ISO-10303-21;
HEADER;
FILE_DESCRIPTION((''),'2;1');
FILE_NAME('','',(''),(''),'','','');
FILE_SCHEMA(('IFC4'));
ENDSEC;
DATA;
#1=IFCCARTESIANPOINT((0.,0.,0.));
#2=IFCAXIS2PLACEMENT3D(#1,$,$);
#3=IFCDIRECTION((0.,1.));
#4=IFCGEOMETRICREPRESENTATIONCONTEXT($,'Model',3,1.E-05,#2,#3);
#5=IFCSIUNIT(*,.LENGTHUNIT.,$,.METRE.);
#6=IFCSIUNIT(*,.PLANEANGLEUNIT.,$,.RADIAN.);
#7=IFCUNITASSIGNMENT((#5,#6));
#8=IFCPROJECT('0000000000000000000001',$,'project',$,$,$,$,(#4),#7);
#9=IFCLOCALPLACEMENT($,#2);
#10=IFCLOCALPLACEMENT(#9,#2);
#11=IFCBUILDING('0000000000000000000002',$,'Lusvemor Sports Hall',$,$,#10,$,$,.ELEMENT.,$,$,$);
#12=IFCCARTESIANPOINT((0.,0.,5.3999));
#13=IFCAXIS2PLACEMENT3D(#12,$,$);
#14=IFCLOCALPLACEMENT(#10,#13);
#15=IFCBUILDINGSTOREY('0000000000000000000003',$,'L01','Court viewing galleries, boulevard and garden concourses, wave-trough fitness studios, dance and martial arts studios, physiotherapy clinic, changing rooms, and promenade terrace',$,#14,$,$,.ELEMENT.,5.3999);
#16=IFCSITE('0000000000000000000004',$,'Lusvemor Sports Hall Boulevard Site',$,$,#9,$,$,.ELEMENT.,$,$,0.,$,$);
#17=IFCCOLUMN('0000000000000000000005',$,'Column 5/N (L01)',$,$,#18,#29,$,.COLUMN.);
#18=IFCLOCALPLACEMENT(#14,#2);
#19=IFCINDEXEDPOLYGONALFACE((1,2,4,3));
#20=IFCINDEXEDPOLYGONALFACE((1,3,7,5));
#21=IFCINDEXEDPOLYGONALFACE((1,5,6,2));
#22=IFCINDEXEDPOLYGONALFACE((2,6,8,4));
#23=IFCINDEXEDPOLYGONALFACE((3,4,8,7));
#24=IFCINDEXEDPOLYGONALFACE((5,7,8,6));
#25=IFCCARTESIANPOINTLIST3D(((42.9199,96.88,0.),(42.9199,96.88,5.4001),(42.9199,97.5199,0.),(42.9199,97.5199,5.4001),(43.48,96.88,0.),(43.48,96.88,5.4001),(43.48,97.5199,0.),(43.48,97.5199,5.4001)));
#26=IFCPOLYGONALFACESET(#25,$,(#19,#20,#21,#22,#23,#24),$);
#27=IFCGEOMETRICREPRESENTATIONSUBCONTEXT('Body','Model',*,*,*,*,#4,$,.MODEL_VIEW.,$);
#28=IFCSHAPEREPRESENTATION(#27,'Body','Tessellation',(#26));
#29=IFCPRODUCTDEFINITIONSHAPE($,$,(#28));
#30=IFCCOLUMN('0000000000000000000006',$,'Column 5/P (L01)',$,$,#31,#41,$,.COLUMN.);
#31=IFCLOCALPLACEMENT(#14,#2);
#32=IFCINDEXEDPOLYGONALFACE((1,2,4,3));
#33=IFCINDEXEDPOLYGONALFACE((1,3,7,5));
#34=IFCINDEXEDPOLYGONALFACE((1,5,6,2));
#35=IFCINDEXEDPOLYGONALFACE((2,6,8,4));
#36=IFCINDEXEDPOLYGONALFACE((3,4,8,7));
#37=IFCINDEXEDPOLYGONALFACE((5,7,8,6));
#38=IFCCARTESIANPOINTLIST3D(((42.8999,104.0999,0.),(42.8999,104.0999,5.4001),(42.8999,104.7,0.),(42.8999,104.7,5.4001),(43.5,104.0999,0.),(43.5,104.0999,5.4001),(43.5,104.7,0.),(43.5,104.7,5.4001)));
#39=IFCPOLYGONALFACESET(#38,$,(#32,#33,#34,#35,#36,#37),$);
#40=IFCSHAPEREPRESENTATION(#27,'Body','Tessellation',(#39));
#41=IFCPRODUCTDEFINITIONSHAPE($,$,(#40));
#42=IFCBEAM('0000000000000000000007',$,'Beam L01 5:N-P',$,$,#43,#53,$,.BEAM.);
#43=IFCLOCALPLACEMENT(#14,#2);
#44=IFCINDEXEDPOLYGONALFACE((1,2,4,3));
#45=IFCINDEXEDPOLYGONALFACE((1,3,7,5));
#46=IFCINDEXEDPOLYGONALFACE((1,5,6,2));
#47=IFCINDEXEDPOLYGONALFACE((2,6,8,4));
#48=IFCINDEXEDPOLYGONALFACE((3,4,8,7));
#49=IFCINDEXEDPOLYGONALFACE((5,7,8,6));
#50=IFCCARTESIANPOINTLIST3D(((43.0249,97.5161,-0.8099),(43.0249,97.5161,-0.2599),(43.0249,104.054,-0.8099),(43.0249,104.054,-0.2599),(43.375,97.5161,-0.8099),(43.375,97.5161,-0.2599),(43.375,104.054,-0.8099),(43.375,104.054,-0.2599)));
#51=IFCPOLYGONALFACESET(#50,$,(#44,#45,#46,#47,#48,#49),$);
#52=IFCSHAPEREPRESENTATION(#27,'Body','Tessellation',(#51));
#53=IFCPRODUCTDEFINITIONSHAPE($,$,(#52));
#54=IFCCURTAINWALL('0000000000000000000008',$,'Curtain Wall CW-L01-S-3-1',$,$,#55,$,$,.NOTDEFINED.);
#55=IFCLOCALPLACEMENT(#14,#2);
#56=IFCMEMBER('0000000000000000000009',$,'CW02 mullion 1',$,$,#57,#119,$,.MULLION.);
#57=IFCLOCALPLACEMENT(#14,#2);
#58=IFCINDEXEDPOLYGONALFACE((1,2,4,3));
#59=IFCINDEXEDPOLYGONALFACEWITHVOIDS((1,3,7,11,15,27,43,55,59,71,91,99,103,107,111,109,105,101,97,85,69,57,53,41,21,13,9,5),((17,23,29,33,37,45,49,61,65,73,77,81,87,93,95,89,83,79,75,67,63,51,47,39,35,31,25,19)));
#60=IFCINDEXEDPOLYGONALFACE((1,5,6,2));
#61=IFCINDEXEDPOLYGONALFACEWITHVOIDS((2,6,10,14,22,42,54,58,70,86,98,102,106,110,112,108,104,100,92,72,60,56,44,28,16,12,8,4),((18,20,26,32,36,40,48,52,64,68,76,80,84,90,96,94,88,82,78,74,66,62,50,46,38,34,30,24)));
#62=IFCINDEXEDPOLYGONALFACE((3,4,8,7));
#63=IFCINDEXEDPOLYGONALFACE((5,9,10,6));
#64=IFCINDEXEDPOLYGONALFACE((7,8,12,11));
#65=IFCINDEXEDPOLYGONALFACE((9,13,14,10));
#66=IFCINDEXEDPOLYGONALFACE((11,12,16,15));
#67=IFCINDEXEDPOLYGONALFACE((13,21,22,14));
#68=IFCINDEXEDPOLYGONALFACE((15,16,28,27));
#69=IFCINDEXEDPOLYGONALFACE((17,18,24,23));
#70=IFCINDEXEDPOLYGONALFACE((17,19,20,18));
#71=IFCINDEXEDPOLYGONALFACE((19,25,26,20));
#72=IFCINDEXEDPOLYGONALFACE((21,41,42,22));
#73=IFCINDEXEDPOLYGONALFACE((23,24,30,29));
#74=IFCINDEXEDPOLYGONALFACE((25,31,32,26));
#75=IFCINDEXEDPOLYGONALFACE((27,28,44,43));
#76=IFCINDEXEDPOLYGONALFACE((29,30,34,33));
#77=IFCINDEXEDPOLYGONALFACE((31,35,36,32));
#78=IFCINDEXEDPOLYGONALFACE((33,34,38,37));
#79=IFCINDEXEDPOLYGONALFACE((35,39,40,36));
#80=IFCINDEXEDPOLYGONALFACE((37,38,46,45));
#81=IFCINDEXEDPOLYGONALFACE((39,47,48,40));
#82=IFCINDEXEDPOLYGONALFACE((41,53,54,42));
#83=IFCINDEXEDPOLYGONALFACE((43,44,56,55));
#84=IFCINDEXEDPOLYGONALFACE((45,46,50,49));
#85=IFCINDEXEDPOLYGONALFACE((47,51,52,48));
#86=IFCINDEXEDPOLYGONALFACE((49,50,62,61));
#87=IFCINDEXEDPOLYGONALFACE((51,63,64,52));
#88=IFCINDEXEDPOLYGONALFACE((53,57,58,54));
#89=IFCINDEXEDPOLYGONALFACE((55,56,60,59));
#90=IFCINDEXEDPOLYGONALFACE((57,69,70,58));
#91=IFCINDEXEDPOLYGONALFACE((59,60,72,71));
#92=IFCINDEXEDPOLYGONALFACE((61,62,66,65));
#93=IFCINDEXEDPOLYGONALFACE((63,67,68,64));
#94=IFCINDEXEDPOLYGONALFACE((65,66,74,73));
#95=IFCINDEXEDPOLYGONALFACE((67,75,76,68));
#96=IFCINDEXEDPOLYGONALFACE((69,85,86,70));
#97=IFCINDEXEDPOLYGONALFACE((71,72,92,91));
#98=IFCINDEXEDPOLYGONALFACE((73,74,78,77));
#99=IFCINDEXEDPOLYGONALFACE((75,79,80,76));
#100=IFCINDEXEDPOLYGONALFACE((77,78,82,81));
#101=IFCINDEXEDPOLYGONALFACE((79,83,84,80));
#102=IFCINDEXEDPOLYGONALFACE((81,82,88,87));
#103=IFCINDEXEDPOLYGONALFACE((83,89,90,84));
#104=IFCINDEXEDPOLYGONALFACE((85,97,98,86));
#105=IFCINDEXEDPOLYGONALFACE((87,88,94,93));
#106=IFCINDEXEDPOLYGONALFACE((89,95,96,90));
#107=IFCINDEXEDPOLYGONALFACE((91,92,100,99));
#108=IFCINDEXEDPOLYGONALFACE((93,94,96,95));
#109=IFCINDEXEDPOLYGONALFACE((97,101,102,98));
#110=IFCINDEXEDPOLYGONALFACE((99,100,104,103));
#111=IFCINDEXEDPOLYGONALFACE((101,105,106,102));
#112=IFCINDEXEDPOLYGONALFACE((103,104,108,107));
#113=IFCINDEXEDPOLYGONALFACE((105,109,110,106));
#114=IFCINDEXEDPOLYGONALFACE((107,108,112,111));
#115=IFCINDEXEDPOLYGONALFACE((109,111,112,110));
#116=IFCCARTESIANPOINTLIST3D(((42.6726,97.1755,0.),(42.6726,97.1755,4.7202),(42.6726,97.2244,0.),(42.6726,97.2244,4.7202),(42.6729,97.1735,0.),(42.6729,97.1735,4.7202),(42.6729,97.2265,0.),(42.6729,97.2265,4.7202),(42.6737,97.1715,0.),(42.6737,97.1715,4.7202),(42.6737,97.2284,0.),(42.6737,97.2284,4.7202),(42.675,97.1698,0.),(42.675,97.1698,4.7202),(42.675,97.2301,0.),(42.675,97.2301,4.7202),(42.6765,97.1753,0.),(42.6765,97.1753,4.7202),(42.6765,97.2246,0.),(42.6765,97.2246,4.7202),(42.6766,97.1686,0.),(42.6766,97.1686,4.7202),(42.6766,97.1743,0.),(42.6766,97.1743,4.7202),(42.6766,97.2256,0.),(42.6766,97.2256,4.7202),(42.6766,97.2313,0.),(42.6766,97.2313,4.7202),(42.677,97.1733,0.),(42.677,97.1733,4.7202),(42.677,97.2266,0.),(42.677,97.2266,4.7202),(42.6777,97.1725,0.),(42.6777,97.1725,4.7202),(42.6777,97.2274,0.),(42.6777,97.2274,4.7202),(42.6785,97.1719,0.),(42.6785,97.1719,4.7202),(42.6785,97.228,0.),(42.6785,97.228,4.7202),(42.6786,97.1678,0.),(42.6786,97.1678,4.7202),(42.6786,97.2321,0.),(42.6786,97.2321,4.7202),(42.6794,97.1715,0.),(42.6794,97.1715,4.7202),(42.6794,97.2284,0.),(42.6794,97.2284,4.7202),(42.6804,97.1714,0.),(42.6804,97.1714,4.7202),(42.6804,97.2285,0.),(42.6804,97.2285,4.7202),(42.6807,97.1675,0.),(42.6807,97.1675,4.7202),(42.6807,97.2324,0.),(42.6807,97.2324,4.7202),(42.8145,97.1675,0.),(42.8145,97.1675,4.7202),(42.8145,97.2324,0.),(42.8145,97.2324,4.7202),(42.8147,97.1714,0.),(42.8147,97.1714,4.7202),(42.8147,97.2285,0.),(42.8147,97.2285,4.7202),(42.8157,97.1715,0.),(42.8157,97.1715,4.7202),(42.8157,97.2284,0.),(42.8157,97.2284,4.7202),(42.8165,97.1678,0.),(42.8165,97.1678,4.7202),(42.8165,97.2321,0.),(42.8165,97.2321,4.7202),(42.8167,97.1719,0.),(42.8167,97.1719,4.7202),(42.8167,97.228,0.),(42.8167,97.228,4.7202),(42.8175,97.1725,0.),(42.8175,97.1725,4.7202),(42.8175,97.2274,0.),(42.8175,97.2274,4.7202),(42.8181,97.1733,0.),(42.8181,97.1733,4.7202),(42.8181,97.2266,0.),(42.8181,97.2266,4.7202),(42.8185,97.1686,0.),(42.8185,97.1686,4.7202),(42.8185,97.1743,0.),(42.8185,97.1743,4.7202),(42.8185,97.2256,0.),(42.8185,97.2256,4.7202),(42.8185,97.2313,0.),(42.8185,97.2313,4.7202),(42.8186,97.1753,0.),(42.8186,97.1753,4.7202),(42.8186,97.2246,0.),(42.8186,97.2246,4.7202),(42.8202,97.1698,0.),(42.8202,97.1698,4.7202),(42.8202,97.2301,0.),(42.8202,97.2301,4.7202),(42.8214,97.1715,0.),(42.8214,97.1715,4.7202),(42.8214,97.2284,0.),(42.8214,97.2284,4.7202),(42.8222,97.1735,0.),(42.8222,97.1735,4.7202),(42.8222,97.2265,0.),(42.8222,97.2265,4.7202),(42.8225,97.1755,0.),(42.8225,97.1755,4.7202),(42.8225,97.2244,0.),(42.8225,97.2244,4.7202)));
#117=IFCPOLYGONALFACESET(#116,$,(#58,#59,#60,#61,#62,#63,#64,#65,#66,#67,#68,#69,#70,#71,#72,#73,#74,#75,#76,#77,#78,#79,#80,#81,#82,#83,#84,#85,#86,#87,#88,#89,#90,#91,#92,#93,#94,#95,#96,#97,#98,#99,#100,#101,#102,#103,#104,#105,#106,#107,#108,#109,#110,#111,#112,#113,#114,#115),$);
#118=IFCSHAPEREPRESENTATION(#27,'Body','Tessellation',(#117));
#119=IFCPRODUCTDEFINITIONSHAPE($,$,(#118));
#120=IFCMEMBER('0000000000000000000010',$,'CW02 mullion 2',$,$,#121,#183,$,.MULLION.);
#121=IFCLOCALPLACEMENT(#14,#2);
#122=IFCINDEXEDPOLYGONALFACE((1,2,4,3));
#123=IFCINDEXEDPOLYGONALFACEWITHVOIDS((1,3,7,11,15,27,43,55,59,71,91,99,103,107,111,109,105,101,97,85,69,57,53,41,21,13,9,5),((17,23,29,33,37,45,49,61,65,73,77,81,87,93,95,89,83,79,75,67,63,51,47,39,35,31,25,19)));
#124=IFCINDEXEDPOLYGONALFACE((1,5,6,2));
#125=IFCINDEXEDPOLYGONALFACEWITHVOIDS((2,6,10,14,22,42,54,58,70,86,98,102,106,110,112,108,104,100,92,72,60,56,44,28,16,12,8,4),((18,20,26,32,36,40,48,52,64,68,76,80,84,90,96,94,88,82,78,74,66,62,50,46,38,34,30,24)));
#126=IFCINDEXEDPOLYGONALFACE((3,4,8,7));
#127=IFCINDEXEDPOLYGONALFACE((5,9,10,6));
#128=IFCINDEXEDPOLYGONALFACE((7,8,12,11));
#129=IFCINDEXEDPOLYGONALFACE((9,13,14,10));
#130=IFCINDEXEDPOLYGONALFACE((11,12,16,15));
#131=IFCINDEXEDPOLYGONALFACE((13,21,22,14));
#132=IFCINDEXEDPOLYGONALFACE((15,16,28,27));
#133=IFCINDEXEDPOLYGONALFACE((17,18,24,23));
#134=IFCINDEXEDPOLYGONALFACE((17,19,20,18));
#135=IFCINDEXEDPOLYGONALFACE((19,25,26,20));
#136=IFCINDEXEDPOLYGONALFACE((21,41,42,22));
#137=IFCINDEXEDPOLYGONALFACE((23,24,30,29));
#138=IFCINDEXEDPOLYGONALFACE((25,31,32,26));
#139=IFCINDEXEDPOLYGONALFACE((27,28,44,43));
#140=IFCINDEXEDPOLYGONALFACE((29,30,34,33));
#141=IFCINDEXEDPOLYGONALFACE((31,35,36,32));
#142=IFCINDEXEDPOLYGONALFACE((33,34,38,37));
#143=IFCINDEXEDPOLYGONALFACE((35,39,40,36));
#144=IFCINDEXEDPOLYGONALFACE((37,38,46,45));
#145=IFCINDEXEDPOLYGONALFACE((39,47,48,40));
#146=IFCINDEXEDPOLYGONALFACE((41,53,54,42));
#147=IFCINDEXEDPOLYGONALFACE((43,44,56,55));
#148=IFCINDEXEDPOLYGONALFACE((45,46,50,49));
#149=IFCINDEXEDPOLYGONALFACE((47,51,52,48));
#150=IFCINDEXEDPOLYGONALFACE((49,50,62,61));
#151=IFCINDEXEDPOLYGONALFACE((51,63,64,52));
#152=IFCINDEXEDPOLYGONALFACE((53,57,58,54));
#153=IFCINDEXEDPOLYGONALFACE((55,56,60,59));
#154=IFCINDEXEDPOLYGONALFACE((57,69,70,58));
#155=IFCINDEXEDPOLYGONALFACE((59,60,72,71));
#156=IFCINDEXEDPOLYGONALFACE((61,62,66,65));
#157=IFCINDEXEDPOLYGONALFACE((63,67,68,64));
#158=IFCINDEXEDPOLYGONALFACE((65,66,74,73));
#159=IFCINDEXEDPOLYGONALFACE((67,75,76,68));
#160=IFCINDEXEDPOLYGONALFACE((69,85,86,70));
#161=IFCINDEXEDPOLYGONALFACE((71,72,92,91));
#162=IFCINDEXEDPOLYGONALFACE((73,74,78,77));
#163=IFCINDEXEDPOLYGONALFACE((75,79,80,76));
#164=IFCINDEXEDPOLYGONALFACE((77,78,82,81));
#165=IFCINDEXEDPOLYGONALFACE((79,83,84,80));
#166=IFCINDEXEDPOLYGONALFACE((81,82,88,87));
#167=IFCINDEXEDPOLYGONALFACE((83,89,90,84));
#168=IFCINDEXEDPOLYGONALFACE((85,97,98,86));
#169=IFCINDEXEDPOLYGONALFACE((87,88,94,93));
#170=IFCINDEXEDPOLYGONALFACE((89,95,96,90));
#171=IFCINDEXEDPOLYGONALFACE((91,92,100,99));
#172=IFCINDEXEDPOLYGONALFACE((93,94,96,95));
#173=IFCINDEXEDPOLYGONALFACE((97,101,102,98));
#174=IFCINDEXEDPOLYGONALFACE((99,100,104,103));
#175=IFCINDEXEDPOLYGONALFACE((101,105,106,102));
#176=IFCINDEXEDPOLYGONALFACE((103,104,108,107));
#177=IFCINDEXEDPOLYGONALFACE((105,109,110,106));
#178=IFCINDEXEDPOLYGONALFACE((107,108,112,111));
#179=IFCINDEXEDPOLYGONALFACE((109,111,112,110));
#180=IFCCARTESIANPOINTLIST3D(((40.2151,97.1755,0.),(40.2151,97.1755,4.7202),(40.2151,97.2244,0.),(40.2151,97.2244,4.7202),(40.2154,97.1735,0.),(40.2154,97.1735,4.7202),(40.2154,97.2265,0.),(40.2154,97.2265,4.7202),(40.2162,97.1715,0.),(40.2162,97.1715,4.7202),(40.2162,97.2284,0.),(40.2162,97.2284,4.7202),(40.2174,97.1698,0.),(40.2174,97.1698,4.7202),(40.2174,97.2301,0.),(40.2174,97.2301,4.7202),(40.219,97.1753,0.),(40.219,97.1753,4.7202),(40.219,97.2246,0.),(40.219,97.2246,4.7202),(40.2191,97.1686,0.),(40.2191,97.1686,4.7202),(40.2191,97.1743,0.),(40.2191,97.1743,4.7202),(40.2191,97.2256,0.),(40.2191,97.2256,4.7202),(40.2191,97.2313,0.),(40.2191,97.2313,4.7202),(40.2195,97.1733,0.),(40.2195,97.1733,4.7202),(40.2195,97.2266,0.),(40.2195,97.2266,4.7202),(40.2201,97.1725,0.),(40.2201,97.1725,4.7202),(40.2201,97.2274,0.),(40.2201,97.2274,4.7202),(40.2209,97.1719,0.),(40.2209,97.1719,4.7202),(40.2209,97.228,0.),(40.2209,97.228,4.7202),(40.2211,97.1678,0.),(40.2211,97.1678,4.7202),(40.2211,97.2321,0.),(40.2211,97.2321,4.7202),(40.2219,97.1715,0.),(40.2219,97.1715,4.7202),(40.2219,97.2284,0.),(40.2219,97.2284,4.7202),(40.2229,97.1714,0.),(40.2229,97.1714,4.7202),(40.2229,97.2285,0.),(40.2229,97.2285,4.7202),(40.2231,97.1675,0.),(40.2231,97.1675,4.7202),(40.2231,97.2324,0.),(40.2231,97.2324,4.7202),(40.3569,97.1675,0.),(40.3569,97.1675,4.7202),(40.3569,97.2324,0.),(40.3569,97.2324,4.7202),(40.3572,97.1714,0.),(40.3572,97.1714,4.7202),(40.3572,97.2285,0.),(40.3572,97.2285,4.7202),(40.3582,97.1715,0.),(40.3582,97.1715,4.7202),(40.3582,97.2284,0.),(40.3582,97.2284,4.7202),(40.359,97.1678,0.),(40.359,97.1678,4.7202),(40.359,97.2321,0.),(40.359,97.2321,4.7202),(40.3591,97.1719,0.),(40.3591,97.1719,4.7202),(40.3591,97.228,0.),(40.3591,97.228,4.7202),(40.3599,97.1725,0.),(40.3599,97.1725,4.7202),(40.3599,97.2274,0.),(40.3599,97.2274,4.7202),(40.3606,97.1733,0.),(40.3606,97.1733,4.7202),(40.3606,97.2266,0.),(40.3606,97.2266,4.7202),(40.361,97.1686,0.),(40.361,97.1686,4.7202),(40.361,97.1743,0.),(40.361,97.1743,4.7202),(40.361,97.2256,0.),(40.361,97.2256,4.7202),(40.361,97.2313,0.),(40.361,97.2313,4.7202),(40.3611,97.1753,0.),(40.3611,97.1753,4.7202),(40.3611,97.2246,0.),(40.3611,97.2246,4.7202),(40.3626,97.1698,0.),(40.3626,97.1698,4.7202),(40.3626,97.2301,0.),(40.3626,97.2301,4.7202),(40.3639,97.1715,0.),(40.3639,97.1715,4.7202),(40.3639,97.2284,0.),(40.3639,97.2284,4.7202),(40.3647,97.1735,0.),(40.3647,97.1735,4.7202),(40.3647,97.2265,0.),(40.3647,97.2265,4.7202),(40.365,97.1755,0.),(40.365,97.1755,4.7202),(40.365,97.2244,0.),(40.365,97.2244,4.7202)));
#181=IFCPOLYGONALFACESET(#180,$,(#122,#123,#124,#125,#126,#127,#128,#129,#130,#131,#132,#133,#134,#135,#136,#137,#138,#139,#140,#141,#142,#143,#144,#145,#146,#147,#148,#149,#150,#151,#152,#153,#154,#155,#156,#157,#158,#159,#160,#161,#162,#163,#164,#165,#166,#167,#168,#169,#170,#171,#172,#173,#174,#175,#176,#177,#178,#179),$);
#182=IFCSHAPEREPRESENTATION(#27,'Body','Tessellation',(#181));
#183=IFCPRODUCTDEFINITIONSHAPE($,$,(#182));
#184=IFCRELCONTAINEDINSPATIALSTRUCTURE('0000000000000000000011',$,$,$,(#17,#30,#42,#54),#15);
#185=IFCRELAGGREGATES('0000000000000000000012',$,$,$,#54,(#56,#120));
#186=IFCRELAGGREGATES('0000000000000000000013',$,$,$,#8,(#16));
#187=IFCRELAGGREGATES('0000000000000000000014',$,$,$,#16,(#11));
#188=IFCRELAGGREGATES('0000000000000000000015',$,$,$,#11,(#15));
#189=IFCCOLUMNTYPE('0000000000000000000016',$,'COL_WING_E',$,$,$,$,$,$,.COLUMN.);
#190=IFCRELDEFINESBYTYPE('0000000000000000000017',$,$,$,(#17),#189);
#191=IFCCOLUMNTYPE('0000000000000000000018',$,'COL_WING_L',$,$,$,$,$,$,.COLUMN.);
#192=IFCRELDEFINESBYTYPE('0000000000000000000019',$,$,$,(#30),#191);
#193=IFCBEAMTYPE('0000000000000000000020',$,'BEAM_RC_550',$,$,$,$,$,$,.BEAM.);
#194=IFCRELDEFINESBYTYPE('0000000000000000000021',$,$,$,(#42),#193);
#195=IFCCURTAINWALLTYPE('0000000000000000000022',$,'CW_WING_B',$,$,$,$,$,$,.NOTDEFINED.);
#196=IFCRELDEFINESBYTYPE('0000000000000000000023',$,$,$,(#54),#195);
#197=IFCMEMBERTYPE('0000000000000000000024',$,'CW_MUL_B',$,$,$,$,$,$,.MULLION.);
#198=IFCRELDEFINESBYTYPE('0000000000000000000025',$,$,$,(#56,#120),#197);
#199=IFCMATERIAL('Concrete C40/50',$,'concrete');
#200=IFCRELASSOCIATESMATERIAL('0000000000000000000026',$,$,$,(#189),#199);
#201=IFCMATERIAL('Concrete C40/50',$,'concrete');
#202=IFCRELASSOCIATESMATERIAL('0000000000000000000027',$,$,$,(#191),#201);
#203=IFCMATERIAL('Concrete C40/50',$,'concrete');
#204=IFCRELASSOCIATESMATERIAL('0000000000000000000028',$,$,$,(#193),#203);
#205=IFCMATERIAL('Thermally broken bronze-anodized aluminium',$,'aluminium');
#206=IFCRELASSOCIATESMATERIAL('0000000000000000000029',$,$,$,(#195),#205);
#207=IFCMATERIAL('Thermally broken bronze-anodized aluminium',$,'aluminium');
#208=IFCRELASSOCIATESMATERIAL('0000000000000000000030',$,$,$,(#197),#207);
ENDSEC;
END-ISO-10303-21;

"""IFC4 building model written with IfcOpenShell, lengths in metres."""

from ifc_helpers import new_model, si_unit, direction, frame, origin, origin_2d, place, context, subcontext, project, spatial, rectangle, hollow_rectangle, extrude, material, material_profile, profile_set, type_object, element, aggregate, save


model = new_model("IFC4")

# Units and contexts
model_context = context("Model", 3, precision=1e-05, world=origin(), true_north=direction((0.0, 1.0)))
body_context = subcontext(model_context, "Body", "Model", "MODEL_VIEW")
ifc_project = project(units=[si_unit("LENGTHUNIT", "METRE"), si_unit("PLANEANGLEUNIT", "RADIAN")], contexts=[model_context])

# Site, building, storey
site_placement = place(None, origin())
site = spatial("IfcSite", under=ifc_project, at=site_placement, Name="Lusvemor Sports Hall Boulevard Site", CompositionType="ELEMENT", RefElevation=0.0)
building_placement = place(site_placement, origin())
building = spatial("IfcBuilding", under=site, at=building_placement, Name="Lusvemor Sports Hall", CompositionType="ELEMENT")
storey_placement = place(building_placement, frame((0.0, 0.0, 5.3999)))
storey = spatial("IfcBuildingStorey", under=building, at=storey_placement, Name="L01", Description="Court viewing galleries, boulevard and garden concourses, wave-trough fitness studios, dance and martial arts studios, physiotherapy clinic, changing rooms, and promenade terrace", CompositionType="ELEMENT", Elevation=5.3999)

# Columns
ifc_material_1 = material(Name="Concrete C40/50", Category="concrete")
ifc_material_profile_1 = material_profile(ifc_material_1, rectangle(XDim=0.5601, YDim=0.6399, at=origin_2d()), Name="RC560x640")
ifc_profile_set_1 = profile_set([ifc_material_profile_1], Name="Concrete C40/50")
column_type_1 = type_object("IfcColumnType", Name="COL_WING_E", PredefinedType="COLUMN", material=ifc_profile_set_1)
column_1_placement = place(storey_placement, frame((43.2, 97.2, 0.0), z_axis=(0.0, 0.0, 1.0), x_axis=(1.0, 0.0, 0.0)))
element("IfcColumn", 1, at=column_1_placement, inside=storey, type_object=column_type_1, Name="Column 5/N (L01)", PredefinedType="COLUMN", context=body_context, shape_type="SweptSolid", body=[
    extrude(rectangle(XDim=0.5601, YDim=0.6399, at=origin_2d()), origin(), (0.0, 0.0, 1.0), 5.4001),
])
ifc_material_2 = material(Name="Concrete C40/50", Category="concrete")
ifc_material_profile_2 = material_profile(ifc_material_2, rectangle(XDim=0.6001, YDim=0.6001, at=origin_2d()), Name="RC600x600")
ifc_profile_set_2 = profile_set([ifc_material_profile_2], Name="Concrete C40/50")
column_type_2 = type_object("IfcColumnType", Name="COL_WING_L", PredefinedType="COLUMN", material=ifc_profile_set_2)
column_2_placement = place(storey_placement, frame((43.2, 104.3999, 0.0), z_axis=(0.0, 0.0, 1.0), x_axis=(1.0, 0.0, 0.0)))
element("IfcColumn", 2, at=column_2_placement, inside=storey, type_object=column_type_2, Name="Column 5/P (L01)", PredefinedType="COLUMN", context=body_context, shape_type="SweptSolid", body=[
    extrude(rectangle(XDim=0.6001, YDim=0.6001, at=origin_2d()), origin(), (0.0, 0.0, 1.0), 5.4001),
])

# Beam
ifc_material_3 = material(Name="Concrete C40/50", Category="concrete")
ifc_material_profile_3 = material_profile(ifc_material_3, rectangle(XDim=0.3501, YDim=0.55, at=origin_2d()), Name="RC350x550")
ifc_profile_set_3 = profile_set([ifc_material_profile_3], Name="Concrete C40/50")
beam_type_1 = type_object("IfcBeamType", Name="BEAM_RC_550", PredefinedType="BEAM", material=ifc_profile_set_3)
beam_1_placement = place(storey_placement, frame((43.2, 97.5161, -0.5349), z_axis=(0.0, 1.0, 0.0), x_axis=(-1.0, 0.0, 0.0)))
element("IfcBeam", 3, at=beam_1_placement, inside=storey, type_object=beam_type_1, Name="Beam L01 5:N-P", PredefinedType="BEAM", context=body_context, shape_type="SweptSolid", body=[
    extrude(rectangle(XDim=0.3501, YDim=0.55, at=origin_2d()), origin(), (0.0, 0.0, 1.0), 6.5378),
])

# Curtain wall, members
ifc_material_4 = material(Name="Thermally broken bronze-anodized aluminium", Category="aluminium")
curtain_wall_type = type_object("IfcCurtainWallType", Name="CW_WING_B", PredefinedType="NOTDEFINED", material=ifc_material_4)
curtain_wall_placement = place(storey_placement, origin())
curtain_wall = element("IfcCurtainWall", 4, at=curtain_wall_placement, inside=storey, type_object=curtain_wall_type, Name="Curtain Wall CW-L01-S-3-1", PredefinedType="NOTDEFINED")
ifc_material_5 = material(Name="Thermally broken bronze-anodized aluminium", Category="aluminium")
ifc_material_profile_4 = material_profile(ifc_material_5, hollow_rectangle(XDim=0.0649, YDim=0.1499, WallThickness=0.0039, InnerFilletRadius=0.0039, OuterFilletRadius=0.0081, at=origin_2d()), Name="CWMUL150x65x4")
ifc_profile_set_4 = profile_set([ifc_material_profile_4], Name="Thermally broken bronze-anodized aluminium")
member_type_1 = type_object("IfcMemberType", Name="CW_MUL_B", PredefinedType="MULLION", material=ifc_profile_set_4)
member_1_placement = place(storey_placement, frame((42.7476, 97.2, 0.0), z_axis=(0.0, 0.0, 1.0), x_axis=(0.0, -1.0, 0.0)))
member_1 = element("IfcMember", 5, at=member_1_placement, type_object=member_type_1, Name="CW02 mullion 1", PredefinedType="MULLION", context=body_context, shape_type="SweptSolid", body=[
    extrude(hollow_rectangle(XDim=0.0649, YDim=0.1499, WallThickness=0.0039, InnerFilletRadius=0.0039, OuterFilletRadius=0.0081, at=origin_2d()), origin(), (0.0, 0.0, 1.0), 4.7202),
])
member_2_placement = place(storey_placement, frame((40.29, 97.2, 0.0), z_axis=(0.0, 0.0, 1.0), x_axis=(0.0, -1.0, 0.0)))
member_2 = element("IfcMember", 6, at=member_2_placement, type_object=member_type_1, Name="CW02 mullion 2", PredefinedType="MULLION", context=body_context, shape_type="SweptSolid", body=[
    extrude(hollow_rectangle(XDim=0.0649, YDim=0.1499, WallThickness=0.0039, InnerFilletRadius=0.0039, OuterFilletRadius=0.0081, at=origin_2d()), origin(), (0.0, 0.0, 1.0), 4.7202),
])

aggregate(curtain_wall, [member_1, member_2])

save(model, "model.ifc")
